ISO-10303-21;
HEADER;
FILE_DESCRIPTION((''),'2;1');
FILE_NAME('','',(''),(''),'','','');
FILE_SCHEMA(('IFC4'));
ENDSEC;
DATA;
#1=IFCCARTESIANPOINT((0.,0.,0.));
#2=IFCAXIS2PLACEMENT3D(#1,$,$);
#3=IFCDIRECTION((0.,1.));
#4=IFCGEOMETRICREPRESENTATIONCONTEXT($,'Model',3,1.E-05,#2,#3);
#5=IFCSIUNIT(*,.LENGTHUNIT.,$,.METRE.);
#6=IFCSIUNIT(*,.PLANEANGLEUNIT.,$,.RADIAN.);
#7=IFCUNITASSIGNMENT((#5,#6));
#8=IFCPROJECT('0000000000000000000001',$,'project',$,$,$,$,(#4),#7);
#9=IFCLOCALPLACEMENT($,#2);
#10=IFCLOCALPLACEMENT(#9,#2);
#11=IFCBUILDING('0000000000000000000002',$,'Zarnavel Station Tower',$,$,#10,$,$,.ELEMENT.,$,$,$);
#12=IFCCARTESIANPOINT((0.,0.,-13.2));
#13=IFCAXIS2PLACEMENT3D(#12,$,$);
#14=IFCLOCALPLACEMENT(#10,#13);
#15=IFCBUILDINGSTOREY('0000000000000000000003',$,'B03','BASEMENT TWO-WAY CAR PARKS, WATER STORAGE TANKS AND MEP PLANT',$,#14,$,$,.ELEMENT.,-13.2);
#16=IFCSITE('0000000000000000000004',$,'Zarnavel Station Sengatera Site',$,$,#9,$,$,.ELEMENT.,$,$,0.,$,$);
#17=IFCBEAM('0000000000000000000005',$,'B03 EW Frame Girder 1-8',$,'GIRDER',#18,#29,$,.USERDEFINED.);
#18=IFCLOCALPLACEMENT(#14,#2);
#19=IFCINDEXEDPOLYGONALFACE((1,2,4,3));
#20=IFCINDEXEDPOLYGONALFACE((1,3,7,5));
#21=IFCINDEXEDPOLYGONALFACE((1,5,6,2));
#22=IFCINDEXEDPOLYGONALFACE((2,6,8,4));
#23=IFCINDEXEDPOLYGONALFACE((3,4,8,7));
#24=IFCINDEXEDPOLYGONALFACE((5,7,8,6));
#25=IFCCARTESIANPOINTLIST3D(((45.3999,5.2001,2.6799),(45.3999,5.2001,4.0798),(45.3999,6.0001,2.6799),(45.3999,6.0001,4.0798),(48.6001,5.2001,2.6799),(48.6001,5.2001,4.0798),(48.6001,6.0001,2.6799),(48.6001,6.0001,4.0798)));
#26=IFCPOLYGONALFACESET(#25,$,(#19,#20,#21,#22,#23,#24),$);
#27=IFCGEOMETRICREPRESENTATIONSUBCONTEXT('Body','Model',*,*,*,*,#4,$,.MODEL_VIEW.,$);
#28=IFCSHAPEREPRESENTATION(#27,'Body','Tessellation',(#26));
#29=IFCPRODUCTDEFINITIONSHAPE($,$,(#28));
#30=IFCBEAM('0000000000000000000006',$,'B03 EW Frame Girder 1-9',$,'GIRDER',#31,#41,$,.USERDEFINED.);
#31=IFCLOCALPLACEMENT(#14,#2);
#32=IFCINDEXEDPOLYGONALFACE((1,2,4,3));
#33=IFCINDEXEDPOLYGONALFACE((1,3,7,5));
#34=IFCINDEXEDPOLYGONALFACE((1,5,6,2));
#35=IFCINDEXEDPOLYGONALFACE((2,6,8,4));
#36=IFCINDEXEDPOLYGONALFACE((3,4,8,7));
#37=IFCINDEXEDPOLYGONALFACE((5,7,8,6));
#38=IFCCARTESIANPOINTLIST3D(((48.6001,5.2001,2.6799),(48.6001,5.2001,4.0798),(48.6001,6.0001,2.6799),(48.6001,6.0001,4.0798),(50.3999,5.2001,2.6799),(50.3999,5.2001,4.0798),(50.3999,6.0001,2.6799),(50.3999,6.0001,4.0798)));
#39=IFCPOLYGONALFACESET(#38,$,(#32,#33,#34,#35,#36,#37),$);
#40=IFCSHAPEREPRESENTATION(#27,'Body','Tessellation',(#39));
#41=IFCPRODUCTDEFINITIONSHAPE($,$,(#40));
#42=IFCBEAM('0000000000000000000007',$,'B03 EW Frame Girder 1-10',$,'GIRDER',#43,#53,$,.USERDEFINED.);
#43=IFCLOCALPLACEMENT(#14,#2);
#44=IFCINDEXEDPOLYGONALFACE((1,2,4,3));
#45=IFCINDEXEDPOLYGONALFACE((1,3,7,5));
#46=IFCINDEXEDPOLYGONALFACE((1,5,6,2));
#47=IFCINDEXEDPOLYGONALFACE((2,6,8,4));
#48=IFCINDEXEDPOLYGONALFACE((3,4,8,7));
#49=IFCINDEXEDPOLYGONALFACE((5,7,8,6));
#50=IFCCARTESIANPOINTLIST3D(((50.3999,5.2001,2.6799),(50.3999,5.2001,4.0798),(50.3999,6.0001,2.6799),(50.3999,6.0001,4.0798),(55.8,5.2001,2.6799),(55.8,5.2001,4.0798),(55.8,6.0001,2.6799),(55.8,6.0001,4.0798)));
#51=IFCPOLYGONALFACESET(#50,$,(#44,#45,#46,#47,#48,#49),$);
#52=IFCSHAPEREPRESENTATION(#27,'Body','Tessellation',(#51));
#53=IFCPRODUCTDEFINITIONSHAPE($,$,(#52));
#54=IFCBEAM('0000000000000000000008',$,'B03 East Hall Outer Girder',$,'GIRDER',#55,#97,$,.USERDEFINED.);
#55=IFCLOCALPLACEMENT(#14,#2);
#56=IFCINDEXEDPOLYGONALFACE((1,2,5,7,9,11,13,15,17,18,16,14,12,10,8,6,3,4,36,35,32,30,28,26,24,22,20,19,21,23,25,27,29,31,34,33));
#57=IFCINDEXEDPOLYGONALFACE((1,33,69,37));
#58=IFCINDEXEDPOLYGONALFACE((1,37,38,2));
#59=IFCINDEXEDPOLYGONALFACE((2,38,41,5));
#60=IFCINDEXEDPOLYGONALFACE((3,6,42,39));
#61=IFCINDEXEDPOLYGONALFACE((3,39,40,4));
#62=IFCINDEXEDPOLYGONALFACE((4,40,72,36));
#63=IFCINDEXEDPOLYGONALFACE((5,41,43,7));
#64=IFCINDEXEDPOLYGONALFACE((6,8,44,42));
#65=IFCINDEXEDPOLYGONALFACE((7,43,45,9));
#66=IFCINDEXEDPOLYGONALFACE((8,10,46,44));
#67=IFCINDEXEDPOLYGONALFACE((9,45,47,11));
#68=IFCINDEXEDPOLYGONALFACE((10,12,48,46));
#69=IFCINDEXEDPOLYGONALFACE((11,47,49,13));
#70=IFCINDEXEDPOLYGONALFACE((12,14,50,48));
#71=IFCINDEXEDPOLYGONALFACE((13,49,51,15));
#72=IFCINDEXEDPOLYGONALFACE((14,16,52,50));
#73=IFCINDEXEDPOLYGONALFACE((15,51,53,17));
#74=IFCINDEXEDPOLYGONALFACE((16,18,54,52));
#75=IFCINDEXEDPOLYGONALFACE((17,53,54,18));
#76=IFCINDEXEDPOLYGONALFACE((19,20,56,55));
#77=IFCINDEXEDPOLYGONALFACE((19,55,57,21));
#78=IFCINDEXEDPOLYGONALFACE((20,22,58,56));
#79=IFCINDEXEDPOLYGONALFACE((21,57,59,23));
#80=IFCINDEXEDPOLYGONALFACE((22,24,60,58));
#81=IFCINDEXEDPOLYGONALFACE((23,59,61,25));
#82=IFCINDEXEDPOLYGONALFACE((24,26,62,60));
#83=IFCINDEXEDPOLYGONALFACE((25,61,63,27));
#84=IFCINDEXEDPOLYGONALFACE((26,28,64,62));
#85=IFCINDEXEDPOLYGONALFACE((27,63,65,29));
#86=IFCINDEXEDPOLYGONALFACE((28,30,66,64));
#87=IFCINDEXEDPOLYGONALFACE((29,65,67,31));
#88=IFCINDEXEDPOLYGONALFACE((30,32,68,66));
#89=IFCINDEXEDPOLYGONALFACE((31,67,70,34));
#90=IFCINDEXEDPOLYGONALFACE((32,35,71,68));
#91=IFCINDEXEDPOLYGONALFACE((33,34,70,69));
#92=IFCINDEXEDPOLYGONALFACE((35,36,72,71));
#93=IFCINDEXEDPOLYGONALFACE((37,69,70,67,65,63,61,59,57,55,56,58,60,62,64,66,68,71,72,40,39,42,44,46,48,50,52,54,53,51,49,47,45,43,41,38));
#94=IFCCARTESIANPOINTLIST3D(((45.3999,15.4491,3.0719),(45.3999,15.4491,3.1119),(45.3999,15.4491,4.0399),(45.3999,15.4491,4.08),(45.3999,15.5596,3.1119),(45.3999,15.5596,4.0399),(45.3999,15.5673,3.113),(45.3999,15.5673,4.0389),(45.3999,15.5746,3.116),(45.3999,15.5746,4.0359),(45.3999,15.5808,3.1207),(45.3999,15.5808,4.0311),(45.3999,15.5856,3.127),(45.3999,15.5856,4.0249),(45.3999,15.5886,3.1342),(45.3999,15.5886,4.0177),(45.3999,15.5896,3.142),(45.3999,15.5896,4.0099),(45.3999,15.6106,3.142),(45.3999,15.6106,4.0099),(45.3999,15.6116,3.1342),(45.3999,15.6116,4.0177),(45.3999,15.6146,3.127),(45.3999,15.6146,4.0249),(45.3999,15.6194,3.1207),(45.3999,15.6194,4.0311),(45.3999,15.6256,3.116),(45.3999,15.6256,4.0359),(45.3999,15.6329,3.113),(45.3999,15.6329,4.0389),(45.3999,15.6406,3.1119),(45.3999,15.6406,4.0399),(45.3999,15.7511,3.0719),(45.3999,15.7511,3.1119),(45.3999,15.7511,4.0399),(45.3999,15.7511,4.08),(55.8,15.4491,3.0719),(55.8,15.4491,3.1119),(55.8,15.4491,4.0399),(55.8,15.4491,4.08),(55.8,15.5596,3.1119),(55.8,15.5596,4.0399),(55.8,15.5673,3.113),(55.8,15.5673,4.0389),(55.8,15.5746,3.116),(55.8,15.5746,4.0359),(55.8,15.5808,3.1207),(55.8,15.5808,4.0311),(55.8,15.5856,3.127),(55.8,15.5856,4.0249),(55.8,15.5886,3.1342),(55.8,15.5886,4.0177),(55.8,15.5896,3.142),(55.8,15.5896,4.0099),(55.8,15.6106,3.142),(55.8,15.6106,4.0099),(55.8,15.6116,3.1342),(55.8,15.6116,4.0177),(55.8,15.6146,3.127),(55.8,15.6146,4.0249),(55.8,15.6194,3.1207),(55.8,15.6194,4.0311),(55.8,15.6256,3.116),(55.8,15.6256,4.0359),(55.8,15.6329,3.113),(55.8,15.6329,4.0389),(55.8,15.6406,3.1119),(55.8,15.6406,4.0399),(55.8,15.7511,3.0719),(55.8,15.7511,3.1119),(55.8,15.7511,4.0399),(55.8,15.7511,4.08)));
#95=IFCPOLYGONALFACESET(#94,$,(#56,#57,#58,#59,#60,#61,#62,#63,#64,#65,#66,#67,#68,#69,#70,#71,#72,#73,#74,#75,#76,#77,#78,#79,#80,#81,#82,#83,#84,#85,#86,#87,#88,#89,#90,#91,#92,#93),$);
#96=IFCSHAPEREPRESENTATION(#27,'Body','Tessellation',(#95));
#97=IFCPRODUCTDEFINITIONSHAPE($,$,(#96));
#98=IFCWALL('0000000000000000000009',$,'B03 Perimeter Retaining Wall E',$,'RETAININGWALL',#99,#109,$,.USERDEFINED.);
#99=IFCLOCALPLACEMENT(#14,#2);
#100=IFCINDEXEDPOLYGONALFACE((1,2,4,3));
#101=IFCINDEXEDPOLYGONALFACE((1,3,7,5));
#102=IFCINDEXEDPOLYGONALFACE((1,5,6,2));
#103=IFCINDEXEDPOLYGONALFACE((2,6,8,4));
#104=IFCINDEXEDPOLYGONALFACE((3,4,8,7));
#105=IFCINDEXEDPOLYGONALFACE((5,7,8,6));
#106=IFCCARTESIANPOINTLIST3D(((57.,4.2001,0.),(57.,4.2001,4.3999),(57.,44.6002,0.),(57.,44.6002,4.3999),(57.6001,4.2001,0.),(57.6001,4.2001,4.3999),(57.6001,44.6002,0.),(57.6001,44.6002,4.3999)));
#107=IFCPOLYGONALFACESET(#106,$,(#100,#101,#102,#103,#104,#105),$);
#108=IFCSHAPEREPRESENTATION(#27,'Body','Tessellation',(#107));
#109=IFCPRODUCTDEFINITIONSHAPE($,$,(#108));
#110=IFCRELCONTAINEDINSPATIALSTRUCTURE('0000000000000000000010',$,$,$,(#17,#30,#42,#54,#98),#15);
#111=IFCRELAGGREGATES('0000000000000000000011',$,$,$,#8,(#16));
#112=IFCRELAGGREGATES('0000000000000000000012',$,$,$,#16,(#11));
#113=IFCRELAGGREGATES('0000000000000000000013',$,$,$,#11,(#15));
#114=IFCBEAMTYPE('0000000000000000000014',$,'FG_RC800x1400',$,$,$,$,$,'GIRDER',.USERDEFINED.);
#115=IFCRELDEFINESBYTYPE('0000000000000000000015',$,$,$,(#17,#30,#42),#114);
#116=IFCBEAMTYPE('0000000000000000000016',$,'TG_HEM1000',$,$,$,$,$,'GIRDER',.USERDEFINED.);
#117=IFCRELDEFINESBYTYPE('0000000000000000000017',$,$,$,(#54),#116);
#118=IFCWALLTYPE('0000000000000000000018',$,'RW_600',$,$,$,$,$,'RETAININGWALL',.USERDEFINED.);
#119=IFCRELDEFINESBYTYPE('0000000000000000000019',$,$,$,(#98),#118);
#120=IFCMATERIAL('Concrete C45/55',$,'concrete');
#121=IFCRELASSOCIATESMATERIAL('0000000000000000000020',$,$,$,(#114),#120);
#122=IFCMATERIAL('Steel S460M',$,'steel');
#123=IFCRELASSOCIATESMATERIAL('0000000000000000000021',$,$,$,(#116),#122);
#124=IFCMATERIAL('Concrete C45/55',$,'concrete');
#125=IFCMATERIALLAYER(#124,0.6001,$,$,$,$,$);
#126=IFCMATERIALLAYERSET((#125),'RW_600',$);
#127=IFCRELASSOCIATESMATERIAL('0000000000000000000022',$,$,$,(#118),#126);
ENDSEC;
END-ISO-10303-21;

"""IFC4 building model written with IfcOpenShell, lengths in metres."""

from ifc_helpers import new_model, si_unit, direction, frame, frame_2d, origin, origin_2d, place, context, subcontext, project, spatial, rectangle, i_section, extrude, material, layer, layer_set, material_profile, profile_set, type_object, element, save


model = new_model("IFC4")

# Units and contexts
model_context = context("Model", 3, precision=1e-05, world=origin(), true_north=direction((0.0, 1.0)))
body_context = subcontext(model_context, "Body", "Model", "MODEL_VIEW")
ifc_project = project(units=[si_unit("LENGTHUNIT", "METRE"), si_unit("PLANEANGLEUNIT", "RADIAN")], contexts=[model_context])

# Site, building, storey
site_placement = place(None, origin())
site = spatial("IfcSite", under=ifc_project, at=site_placement, Name="Zarnavel Station Sengatera Site", CompositionType="ELEMENT", RefElevation=0.0)
building_placement = place(site_placement, origin())
building = spatial("IfcBuilding", under=site, at=building_placement, Name="Zarnavel Station Tower", CompositionType="ELEMENT")
storey_placement = place(building_placement, frame((0.0, 0.0, -13.2)))
storey = spatial("IfcBuildingStorey", under=building, at=storey_placement, Name="B03", Description="BASEMENT TWO-WAY CAR PARKS, WATER STORAGE TANKS AND MEP PLANT", CompositionType="ELEMENT", Elevation=-13.2)

# Beams
ifc_material_1 = material(Name="Concrete C45/55", Category="concrete")
ifc_material_profile_1 = material_profile(ifc_material_1, rectangle(XDim=0.8, YDim=1.3999, at=origin_2d()), Name="RC800x1400")
ifc_profile_set_1 = profile_set([ifc_material_profile_1], Name="Concrete C45/55")
beam_type_1 = type_object("IfcBeamType", Name="FG_RC800x1400", ElementType="GIRDER", PredefinedType="USERDEFINED", material=ifc_profile_set_1)
beam_1_placement = place(storey_placement, frame((45.3999, 5.6001, 3.3799), z_axis=(1.0, 0.0, 0.0), x_axis=(0.0, 1.0, 0.0)))
element("IfcBeam", 1, at=beam_1_placement, inside=storey, type_object=beam_type_1, Name="B03 EW Frame Girder 1-8", ObjectType="GIRDER", PredefinedType="USERDEFINED", context=body_context, shape_type="SweptSolid", body=[
    extrude(rectangle(XDim=0.8, YDim=1.3999, at=origin_2d()), origin(), (0.0, 0.0, 1.0), 3.2002),
])
beam_2_placement = place(storey_placement, frame((48.6001, 5.6001, 3.3799), z_axis=(1.0, 0.0, 0.0), x_axis=(0.0, 1.0, 0.0)))
element("IfcBeam", 2, at=beam_2_placement, inside=storey, type_object=beam_type_1, Name="B03 EW Frame Girder 1-9", ObjectType="GIRDER", PredefinedType="USERDEFINED", context=body_context, shape_type="SweptSolid", body=[
    extrude(rectangle(XDim=0.8, YDim=1.3999, at=origin_2d()), origin(), (0.0, 0.0, 1.0), 1.7998),
])
beam_3_placement = place(storey_placement, frame((50.3999, 5.6001, 3.3799), z_axis=(1.0, 0.0, 0.0), x_axis=(0.0, 1.0, 0.0)))
element("IfcBeam", 3, at=beam_3_placement, inside=storey, type_object=beam_type_1, Name="B03 EW Frame Girder 1-10", ObjectType="GIRDER", PredefinedType="USERDEFINED", context=body_context, shape_type="SweptSolid", body=[
    extrude(rectangle(XDim=0.8, YDim=1.3999, at=origin_2d()), origin(), (0.0, 0.0, 1.0), 5.4001),
])
ifc_material_2 = material(Name="Steel S460M", Category="steel")
ifc_material_profile_2 = material_profile(ifc_material_2, i_section(OverallWidth=0.302, OverallDepth=1.0081, WebThickness=0.021, FlangeThickness=0.04, FilletRadius=0.03, at=origin_2d()), Name="HEM1000")
ifc_profile_set_2 = profile_set([ifc_material_profile_2], Name="Steel S460M")
beam_type_2 = type_object("IfcBeamType", Name="TG_HEM1000", ElementType="GIRDER", PredefinedType="USERDEFINED", material=ifc_profile_set_2)
beam_4_placement = place(storey_placement, frame((45.3999, 15.6001, 3.5759), z_axis=(1.0, 0.0, 0.0), x_axis=(0.0, 1.0, 0.0)))
element("IfcBeam", 4, at=beam_4_placement, inside=storey, type_object=beam_type_2, Name="B03 East Hall Outer Girder", ObjectType="GIRDER", PredefinedType="USERDEFINED", context=body_context, shape_type="SweptSolid", body=[
    extrude(i_section(OverallWidth=0.302, OverallDepth=1.0081, WebThickness=0.021, FlangeThickness=0.04, FilletRadius=0.03, at=origin_2d()), origin(), (0.0, 0.0, 1.0), 10.4001),
])

# Wall
ifc_material_3 = material(Name="Concrete C45/55", Category="concrete")
ifc_layer = layer(ifc_material_3, 0.6001)
ifc_layer_set = layer_set([ifc_layer], Name="RW_600")
wall_type = type_object("IfcWallType", Name="RW_600", ElementType="RETAININGWALL", PredefinedType="USERDEFINED", material=ifc_layer_set)
wall_placement = place(storey_placement, frame((57.3, 4.2, 0.0), z_axis=(0.0, 0.0, 1.0), x_axis=(0.0, 1.0, 0.0)))
element("IfcWall", 5, at=wall_placement, inside=storey, type_object=wall_type, Name="B03 Perimeter Retaining Wall E", ObjectType="RETAININGWALL", PredefinedType="USERDEFINED", context=body_context, shape_type="SweptSolid", body=[
    extrude(rectangle(XDim=40.4001, YDim=0.6001, at=frame_2d((20.2002, 0.0))), origin(), (0.0, 0.0, 1.0), 4.3999),
])

save(model, "model.ifc")
